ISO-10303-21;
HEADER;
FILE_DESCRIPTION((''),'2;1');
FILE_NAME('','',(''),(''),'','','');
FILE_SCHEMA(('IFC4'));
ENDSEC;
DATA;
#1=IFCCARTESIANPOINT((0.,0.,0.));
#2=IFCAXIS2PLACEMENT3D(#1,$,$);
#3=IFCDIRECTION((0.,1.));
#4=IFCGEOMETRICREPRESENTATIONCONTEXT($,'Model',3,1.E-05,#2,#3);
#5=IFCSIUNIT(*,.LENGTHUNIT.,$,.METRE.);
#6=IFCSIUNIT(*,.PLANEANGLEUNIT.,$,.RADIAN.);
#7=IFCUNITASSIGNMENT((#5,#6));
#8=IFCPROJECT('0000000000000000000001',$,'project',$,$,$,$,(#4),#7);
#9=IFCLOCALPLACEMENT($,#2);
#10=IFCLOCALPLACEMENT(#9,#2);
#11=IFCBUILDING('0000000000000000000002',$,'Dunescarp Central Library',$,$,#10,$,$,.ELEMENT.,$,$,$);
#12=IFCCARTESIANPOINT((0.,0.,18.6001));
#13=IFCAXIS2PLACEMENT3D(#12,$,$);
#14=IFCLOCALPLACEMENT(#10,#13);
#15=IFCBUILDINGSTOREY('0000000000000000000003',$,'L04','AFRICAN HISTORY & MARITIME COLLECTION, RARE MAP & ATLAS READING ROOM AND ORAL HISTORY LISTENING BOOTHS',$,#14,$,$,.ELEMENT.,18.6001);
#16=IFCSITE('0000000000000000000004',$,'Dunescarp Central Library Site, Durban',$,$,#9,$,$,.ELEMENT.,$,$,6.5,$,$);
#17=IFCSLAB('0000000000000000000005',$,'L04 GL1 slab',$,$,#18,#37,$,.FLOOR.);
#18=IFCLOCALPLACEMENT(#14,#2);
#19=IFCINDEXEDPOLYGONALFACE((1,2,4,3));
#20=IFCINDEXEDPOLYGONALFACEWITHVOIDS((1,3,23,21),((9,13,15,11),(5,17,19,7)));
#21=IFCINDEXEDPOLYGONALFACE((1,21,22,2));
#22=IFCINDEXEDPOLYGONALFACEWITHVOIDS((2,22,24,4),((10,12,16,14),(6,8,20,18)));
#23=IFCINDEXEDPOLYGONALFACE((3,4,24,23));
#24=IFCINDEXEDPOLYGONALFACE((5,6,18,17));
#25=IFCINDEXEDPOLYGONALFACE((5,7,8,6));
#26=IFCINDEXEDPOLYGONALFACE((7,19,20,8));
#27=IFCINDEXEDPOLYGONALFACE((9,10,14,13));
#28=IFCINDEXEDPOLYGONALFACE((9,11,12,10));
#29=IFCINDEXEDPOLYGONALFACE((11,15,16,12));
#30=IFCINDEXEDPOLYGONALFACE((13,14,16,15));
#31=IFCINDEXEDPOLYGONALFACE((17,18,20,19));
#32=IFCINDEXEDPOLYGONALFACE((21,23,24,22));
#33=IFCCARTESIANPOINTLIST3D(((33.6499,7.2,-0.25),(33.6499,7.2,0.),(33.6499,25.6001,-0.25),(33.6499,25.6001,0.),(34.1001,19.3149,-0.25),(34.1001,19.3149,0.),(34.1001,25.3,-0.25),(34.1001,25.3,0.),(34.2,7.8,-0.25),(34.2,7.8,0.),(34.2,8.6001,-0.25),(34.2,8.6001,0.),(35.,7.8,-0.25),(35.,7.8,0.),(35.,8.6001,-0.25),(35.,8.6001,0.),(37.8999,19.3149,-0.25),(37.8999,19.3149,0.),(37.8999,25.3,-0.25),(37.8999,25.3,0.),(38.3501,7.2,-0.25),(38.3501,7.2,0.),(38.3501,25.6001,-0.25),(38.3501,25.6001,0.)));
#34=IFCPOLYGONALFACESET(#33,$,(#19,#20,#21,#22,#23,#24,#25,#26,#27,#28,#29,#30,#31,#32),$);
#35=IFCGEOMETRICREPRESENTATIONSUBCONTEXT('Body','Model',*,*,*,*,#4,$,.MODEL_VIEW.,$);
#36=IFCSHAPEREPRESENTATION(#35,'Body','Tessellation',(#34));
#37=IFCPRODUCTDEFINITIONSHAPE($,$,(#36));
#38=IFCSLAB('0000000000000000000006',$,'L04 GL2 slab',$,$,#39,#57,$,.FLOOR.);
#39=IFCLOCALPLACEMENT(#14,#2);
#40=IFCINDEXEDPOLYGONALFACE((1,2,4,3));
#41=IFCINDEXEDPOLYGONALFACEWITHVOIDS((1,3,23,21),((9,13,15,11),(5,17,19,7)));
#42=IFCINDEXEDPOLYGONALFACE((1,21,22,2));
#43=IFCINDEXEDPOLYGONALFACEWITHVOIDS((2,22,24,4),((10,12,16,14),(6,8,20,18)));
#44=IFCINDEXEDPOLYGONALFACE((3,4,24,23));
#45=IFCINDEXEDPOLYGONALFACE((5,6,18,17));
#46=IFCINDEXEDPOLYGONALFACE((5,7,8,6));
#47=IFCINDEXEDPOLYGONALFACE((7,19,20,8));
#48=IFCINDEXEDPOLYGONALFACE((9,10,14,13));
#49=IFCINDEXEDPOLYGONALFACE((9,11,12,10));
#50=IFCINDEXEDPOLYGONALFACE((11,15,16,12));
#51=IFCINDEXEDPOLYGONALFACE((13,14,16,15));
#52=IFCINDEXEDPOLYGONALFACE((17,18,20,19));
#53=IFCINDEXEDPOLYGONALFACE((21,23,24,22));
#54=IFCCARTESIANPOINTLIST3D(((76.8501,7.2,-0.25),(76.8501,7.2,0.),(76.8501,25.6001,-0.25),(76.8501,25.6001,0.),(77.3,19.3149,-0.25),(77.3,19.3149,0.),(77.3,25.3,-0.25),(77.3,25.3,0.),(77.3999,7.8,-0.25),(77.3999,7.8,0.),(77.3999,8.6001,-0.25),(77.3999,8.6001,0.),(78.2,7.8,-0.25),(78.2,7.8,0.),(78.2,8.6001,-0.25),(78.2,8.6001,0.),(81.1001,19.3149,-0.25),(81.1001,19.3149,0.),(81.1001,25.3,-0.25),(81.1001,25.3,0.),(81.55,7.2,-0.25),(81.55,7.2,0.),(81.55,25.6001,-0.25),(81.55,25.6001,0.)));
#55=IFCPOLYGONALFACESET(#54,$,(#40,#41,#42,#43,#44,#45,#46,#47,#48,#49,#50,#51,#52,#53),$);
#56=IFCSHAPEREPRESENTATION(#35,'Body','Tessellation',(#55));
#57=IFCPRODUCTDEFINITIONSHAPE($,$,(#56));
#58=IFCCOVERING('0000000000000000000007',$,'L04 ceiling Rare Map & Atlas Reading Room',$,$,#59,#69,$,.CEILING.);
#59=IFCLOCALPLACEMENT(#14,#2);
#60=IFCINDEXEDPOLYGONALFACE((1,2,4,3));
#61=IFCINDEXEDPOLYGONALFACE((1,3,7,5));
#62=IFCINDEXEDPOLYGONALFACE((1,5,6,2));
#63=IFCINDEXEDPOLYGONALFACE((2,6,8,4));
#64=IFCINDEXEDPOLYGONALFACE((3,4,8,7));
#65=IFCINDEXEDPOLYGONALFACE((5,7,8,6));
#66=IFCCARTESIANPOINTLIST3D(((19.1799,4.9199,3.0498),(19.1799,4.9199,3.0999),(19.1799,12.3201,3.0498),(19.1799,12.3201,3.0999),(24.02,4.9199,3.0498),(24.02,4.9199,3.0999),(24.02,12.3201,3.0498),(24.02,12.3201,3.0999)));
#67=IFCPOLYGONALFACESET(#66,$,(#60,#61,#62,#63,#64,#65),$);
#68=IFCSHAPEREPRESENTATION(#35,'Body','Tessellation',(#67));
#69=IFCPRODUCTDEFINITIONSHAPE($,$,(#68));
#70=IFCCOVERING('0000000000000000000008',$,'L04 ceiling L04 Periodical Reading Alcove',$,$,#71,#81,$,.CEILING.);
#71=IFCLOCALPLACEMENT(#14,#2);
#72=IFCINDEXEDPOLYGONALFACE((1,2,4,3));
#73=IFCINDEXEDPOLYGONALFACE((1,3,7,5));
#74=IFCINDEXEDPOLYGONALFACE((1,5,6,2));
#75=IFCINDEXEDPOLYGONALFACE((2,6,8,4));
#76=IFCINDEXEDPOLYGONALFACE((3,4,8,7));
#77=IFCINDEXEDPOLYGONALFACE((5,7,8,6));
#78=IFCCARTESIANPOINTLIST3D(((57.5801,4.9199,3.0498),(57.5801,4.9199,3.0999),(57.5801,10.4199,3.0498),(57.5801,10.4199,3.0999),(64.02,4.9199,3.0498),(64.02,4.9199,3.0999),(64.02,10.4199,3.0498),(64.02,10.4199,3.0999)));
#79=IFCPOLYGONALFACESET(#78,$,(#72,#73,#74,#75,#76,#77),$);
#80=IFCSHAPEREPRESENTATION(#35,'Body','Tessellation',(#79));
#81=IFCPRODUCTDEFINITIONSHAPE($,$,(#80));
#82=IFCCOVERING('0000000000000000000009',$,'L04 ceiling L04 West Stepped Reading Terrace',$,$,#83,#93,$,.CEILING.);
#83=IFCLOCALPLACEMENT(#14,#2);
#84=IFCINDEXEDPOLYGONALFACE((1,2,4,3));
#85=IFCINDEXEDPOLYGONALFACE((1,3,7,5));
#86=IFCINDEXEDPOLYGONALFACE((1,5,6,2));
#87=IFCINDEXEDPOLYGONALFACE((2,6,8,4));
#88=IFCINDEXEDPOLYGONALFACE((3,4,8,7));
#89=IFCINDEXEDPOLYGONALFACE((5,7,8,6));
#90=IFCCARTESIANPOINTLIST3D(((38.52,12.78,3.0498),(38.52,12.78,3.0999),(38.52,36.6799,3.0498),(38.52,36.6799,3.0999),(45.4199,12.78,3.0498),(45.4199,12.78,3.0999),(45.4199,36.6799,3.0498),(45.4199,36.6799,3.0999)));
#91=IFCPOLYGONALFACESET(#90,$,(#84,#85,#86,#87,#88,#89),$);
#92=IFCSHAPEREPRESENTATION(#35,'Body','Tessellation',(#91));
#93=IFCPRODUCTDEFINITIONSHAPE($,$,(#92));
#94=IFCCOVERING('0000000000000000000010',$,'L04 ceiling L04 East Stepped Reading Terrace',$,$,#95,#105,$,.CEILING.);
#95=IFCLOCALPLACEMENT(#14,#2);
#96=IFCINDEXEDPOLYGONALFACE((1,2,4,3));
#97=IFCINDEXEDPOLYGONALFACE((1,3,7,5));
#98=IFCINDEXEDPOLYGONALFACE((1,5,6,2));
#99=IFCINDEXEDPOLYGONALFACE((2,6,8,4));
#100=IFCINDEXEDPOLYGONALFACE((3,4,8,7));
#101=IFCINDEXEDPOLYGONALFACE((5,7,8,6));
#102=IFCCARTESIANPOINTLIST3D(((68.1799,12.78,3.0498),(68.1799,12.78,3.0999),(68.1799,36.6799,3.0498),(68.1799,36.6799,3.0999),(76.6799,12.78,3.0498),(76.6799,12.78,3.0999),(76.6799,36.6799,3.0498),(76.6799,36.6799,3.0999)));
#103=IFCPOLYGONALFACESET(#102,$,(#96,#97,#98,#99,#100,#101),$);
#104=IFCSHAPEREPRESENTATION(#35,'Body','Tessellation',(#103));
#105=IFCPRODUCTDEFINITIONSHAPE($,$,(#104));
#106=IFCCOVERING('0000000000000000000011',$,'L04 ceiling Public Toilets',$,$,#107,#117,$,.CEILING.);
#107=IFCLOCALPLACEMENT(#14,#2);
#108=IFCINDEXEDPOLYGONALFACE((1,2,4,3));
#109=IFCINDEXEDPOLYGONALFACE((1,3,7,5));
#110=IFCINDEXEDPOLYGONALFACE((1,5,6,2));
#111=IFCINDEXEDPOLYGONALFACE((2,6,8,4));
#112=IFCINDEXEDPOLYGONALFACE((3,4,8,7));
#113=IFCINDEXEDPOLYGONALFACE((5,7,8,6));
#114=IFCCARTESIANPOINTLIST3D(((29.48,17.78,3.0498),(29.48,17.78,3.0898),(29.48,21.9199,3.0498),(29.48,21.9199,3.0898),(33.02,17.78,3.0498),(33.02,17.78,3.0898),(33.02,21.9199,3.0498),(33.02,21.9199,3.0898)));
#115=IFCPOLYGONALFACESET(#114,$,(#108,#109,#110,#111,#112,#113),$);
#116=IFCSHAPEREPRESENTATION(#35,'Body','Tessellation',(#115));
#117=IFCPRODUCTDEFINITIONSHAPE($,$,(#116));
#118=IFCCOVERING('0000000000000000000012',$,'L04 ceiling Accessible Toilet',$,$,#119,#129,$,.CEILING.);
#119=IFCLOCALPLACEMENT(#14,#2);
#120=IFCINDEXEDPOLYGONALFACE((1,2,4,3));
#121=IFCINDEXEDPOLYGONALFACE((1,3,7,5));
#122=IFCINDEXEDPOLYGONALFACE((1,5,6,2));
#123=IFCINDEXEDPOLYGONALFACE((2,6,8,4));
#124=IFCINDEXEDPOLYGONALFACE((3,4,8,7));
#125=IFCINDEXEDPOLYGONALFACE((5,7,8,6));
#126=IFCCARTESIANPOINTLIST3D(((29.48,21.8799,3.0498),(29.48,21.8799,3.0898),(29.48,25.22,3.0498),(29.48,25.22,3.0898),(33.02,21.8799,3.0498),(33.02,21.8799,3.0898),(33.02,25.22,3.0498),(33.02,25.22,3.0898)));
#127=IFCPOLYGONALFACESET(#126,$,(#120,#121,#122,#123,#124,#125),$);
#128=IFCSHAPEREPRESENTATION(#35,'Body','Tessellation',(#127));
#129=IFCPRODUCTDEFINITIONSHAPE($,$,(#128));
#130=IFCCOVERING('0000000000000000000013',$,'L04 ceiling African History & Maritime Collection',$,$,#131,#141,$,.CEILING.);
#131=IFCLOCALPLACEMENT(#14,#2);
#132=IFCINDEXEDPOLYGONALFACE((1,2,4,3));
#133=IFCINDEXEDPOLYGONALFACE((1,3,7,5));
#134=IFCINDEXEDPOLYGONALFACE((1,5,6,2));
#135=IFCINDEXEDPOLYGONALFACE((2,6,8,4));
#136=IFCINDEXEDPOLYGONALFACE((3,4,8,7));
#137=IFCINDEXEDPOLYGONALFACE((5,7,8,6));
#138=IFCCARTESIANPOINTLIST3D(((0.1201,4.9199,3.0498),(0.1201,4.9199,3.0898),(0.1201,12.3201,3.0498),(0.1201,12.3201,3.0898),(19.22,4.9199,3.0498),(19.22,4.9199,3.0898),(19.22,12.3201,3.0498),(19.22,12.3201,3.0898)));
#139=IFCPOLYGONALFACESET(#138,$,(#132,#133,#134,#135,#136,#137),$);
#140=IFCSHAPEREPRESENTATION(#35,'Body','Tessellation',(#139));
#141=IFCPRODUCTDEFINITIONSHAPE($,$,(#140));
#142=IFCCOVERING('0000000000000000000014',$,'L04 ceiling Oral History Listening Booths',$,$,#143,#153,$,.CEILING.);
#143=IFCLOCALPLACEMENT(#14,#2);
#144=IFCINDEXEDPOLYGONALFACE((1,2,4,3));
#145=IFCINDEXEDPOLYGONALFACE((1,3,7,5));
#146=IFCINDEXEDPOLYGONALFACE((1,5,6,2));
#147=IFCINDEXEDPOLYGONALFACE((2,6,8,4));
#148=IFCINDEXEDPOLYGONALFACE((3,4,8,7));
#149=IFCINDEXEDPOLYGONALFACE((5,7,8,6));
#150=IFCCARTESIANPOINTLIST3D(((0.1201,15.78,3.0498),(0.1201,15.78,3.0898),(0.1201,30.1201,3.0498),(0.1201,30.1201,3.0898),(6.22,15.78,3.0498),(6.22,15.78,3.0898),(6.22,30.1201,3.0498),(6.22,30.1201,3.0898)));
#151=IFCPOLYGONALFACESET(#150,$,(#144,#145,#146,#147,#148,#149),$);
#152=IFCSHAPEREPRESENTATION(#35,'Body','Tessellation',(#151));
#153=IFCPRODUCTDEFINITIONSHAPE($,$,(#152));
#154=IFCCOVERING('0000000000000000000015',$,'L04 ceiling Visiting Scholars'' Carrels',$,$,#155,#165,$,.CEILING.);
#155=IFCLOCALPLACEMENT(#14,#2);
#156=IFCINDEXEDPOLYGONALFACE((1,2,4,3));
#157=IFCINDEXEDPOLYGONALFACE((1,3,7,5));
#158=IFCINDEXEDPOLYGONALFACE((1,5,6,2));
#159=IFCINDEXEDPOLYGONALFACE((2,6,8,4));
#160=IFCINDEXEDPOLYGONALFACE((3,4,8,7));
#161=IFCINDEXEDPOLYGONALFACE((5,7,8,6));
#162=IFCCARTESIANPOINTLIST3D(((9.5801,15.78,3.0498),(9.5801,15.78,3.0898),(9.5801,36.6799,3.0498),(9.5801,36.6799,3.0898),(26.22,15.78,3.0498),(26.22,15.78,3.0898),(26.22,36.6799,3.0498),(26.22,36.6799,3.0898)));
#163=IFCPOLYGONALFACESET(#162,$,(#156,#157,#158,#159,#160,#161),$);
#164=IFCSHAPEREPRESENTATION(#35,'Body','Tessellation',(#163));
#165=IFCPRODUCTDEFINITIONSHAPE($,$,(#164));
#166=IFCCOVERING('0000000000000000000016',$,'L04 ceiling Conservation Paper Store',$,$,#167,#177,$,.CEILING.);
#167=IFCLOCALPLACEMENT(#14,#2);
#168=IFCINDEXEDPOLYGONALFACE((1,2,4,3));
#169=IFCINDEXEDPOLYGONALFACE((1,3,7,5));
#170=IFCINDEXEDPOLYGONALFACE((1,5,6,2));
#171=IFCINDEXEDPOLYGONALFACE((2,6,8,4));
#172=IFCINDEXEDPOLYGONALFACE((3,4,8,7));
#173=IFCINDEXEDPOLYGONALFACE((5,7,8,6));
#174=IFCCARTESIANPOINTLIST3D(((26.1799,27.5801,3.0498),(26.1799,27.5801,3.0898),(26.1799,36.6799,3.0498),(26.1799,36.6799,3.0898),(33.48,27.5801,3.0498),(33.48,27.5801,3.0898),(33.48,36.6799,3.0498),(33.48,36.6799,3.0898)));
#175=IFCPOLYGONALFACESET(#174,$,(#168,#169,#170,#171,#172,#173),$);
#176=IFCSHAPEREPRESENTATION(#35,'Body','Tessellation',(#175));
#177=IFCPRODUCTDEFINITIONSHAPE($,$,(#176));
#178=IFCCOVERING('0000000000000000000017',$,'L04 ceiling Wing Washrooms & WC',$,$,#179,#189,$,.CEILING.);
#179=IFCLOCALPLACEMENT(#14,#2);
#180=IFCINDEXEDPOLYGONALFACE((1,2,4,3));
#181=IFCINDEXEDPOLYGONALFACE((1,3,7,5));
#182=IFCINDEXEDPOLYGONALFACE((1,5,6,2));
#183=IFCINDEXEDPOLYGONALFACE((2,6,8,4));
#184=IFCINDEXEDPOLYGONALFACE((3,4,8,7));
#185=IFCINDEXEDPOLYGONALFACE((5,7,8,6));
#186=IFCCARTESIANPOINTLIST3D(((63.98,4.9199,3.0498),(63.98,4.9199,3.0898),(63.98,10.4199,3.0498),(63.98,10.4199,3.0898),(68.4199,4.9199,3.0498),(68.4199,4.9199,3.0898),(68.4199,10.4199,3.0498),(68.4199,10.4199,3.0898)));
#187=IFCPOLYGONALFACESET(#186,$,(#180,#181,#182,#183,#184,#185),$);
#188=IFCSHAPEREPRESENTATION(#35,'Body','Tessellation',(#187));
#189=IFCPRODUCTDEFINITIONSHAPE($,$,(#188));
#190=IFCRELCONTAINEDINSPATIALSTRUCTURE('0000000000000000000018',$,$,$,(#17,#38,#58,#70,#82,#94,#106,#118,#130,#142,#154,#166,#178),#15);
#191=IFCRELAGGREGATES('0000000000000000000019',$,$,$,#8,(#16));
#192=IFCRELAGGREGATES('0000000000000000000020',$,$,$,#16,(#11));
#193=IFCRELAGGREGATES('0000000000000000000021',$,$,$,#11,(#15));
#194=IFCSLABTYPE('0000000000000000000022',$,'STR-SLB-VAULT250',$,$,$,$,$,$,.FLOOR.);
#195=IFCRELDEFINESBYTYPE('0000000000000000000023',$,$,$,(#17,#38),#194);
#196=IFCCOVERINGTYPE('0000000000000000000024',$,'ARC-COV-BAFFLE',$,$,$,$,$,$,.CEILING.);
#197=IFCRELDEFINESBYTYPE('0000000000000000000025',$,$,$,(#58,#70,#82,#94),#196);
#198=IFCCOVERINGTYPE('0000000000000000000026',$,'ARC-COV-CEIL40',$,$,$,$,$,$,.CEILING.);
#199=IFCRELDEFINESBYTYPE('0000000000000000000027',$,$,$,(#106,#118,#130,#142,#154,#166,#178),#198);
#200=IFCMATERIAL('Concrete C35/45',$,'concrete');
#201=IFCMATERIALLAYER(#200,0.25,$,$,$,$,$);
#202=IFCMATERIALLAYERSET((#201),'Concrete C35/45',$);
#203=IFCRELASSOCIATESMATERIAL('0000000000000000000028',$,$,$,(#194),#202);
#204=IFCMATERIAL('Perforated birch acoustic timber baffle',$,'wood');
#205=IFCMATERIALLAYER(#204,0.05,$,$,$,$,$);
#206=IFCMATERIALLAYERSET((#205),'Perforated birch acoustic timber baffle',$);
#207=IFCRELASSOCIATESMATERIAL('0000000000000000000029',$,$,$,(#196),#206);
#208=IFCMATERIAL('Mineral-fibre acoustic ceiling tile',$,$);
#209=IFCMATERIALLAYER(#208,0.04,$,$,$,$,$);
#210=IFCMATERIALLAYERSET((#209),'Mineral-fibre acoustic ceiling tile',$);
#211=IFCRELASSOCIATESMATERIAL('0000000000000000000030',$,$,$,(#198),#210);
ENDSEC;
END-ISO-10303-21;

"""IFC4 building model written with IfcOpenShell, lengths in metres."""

from ifc_helpers import new_model, si_unit, direction, frame, origin, place, context, subcontext, project, spatial, polyline, outline, extrude, material, layer, layer_set, type_object, element, save


model = new_model("IFC4")

# Units and contexts
model_context = context("Model", 3, precision=1e-05, world=origin(), true_north=direction((0.0, 1.0)))
body_context = subcontext(model_context, "Body", "Model", "MODEL_VIEW")
ifc_project = project(units=[si_unit("LENGTHUNIT", "METRE"), si_unit("PLANEANGLEUNIT", "RADIAN")], contexts=[model_context])

# Site, building, storey
site_placement = place(None, origin())
site = spatial("IfcSite", under=ifc_project, at=site_placement, Name="Dunescarp Central Library Site, Durban", CompositionType="ELEMENT", RefElevation=6.5)
building_placement = place(site_placement, origin())
building = spatial("IfcBuilding", under=site, at=building_placement, Name="Dunescarp Central Library", CompositionType="ELEMENT")
storey_placement = place(building_placement, frame((0.0, 0.0, 18.6001)))
storey = spatial("IfcBuildingStorey", under=building, at=storey_placement, Name="L04", Description="AFRICAN HISTORY & MARITIME COLLECTION, RARE MAP & ATLAS READING ROOM AND ORAL HISTORY LISTENING BOOTHS", CompositionType="ELEMENT", Elevation=18.6001)

# Shared definitions
ifc_material_1 = material(Name="Concrete C35/45", Category="concrete")

# Slabs
ifc_layer_1 = layer(ifc_material_1, 0.25)
ifc_layer_set_1 = layer_set([ifc_layer_1], Name="Concrete C35/45")
slab_type_1 = type_object("IfcSlabType", Name="STR-SLB-VAULT250", PredefinedType="FLOOR", material=ifc_layer_set_1)
slab_1_placement = place(storey_placement, frame((0.0, 0.0, -0.25)))
element("IfcSlab", 1, at=slab_1_placement, inside=storey, type_object=slab_type_1, Name="L04 GL1 slab", PredefinedType="FLOOR", context=body_context, shape_type="SweptSolid", body=[
    extrude(outline(polyline([(33.6499, 7.2), (38.3501, 7.2), (38.3501, 25.6001), (33.6499, 25.6001), (33.6499, 7.2)]), holes=[polyline([(34.1001, 19.3149), (37.8999, 19.3149), (37.8999, 25.3), (34.1001, 25.3), (34.1001, 19.3149)]), polyline([(34.2, 7.8), (35.0, 7.8), (35.0, 8.6001), (34.2, 8.6001), (34.2, 7.8)])]), origin(), (0.0, 0.0, 1.0), 0.25),
])
slab_2_placement = place(storey_placement, frame((0.0, 0.0, -0.25)))
element("IfcSlab", 2, at=slab_2_placement, inside=storey, type_object=slab_type_1, Name="L04 GL2 slab", PredefinedType="FLOOR", context=body_context, shape_type="SweptSolid", body=[
    extrude(outline(polyline([(76.8501, 7.2), (81.55, 7.2), (81.55, 25.6001), (76.8501, 25.6001), (76.8501, 7.2)]), holes=[polyline([(77.3, 19.3149), (81.1001, 19.3149), (81.1001, 25.3), (77.3, 25.3), (77.3, 19.3149)]), polyline([(77.3999, 7.8), (78.2, 7.8), (78.2, 8.6001), (77.3999, 8.6001), (77.3999, 7.8)])]), origin(), (0.0, 0.0, 1.0), 0.25),
])

# Coverings
ifc_material_2 = material(Name="Perforated birch acoustic timber baffle", Category="wood")
ifc_layer_2 = layer(ifc_material_2, 0.05)
ifc_layer_set_2 = layer_set([ifc_layer_2], Name="Perforated birch acoustic timber baffle")
covering_type_1 = type_object("IfcCoveringType", Name="ARC-COV-BAFFLE", PredefinedType="CEILING", material=ifc_layer_set_2)
covering_1_placement = place(storey_placement, frame((0.0, 0.0, 3.0498)))
element("IfcCovering", 3, at=covering_1_placement, inside=storey, type_object=covering_type_1, Name="L04 ceiling Rare Map & Atlas Reading Room", PredefinedType="CEILING", context=body_context, shape_type="SweptSolid", body=[
    extrude(outline(polyline([(19.1799, 4.9199), (24.02, 4.9199), (24.02, 12.3201), (19.1799, 12.3201), (19.1799, 4.9199)])), origin(), (0.0, 0.0, 1.0), 0.05),
])
covering_2_placement = place(storey_placement, frame((0.0, 0.0, 3.0498)))
element("IfcCovering", 4, at=covering_2_placement, inside=storey, type_object=covering_type_1, Name="L04 ceiling L04 Periodical Reading Alcove", PredefinedType="CEILING", context=body_context, shape_type="SweptSolid", body=[
    extrude(outline(polyline([(57.5801, 4.9199), (64.02, 4.9199), (64.02, 10.4199), (57.5801, 10.4199), (57.5801, 4.9199)])), origin(), (0.0, 0.0, 1.0), 0.05),
])
covering_3_placement = place(storey_placement, frame((0.0, 0.0, 3.0498)))
element("IfcCovering", 5, at=covering_3_placement, inside=storey, type_object=covering_type_1, Name="L04 ceiling L04 West Stepped Reading Terrace", PredefinedType="CEILING", context=body_context, shape_type="SweptSolid", body=[
    extrude(outline(polyline([(38.52, 12.78), (45.4199, 12.78), (45.4199, 36.6799), (38.52, 36.6799), (38.52, 12.78)])), origin(), (0.0, 0.0, 1.0), 0.05),
])
covering_4_placement = place(storey_placement, frame((0.0, 0.0, 3.0498)))
element("IfcCovering", 6, at=covering_4_placement, inside=storey, type_object=covering_type_1, Name="L04 ceiling L04 East Stepped Reading Terrace", PredefinedType="CEILING", context=body_context, shape_type="SweptSolid", body=[
    extrude(outline(polyline([(68.1799, 12.78), (76.6799, 12.78), (76.6799, 36.6799), (68.1799, 36.6799), (68.1799, 12.78)])), origin(), (0.0, 0.0, 1.0), 0.05),
])
ifc_material_3 = material(Name="Mineral-fibre acoustic ceiling tile")
ifc_layer_3 = layer(ifc_material_3, 0.04)
ifc_layer_set_3 = layer_set([ifc_layer_3], Name="Mineral-fibre acoustic ceiling tile")
covering_type_2 = type_object("IfcCoveringType", Name="ARC-COV-CEIL40", PredefinedType="CEILING", material=ifc_layer_set_3)
covering_5_placement = place(storey_placement, frame((0.0, 0.0, 3.0498)))
element("IfcCovering", 7, at=covering_5_placement, inside=storey, type_object=covering_type_2, Name="L04 ceiling Public Toilets", PredefinedType="CEILING", context=body_context, shape_type="SweptSolid", body=[
    extrude(outline(polyline([(29.48, 17.78), (33.02, 17.78), (33.02, 21.9199), (29.48, 21.9199), (29.48, 17.78)])), origin(), (0.0, 0.0, 1.0), 0.04),
])
covering_6_placement = place(storey_placement, frame((0.0, 0.0, 3.0498)))
element("IfcCovering", 8, at=covering_6_placement, inside=storey, type_object=covering_type_2, Name="L04 ceiling Accessible Toilet", PredefinedType="CEILING", context=body_context, shape_type="SweptSolid", body=[
    extrude(outline(polyline([(29.48, 21.8799), (33.02, 21.8799), (33.02, 25.22), (29.48, 25.22), (29.48, 21.8799)])), origin(), (0.0, 0.0, 1.0), 0.04),
])
covering_7_placement = place(storey_placement, frame((0.0, 0.0, 3.0498)))
element("IfcCovering", 9, at=covering_7_placement, inside=storey, type_object=covering_type_2, Name="L04 ceiling African History & Maritime Collection", PredefinedType="CEILING", context=body_context, shape_type="SweptSolid", body=[
    extrude(outline(polyline([(0.1201, 4.9199), (19.22, 4.9199), (19.22, 12.3201), (0.1201, 12.3201), (0.1201, 4.9199)])), origin(), (0.0, 0.0, 1.0), 0.04),
])
covering_8_placement = place(storey_placement, frame((0.0, 0.0, 3.0498)))
element("IfcCovering", 10, at=covering_8_placement, inside=storey, type_object=covering_type_2, Name="L04 ceiling Oral History Listening Booths", PredefinedType="CEILING", context=body_context, shape_type="SweptSolid", body=[
    extrude(outline(polyline([(0.1201, 15.78), (6.22, 15.78), (6.22, 30.1201), (0.1201, 30.1201), (0.1201, 15.78)])), origin(), (0.0, 0.0, 1.0), 0.04),
])
covering_9_placement = place(storey_placement, frame((0.0, 0.0, 3.0498)))
element("IfcCovering", 11, at=covering_9_placement, inside=storey, type_object=covering_type_2, Name="L04 ceiling Visiting Scholars' Carrels", PredefinedType="CEILING", context=body_context, shape_type="SweptSolid", body=[
    extrude(outline(polyline([(9.5801, 15.78), (26.22, 15.78), (26.22, 36.6799), (9.5801, 36.6799), (9.5801, 15.78)])), origin(), (0.0, 0.0, 1.0), 0.04),
])
covering_10_placement = place(storey_placement, frame((0.0, 0.0, 3.0498)))
element("IfcCovering", 12, at=covering_10_placement, inside=storey, type_object=covering_type_2, Name="L04 ceiling Conservation Paper Store", PredefinedType="CEILING", context=body_context, shape_type="SweptSolid", body=[
    extrude(outline(polyline([(26.1799, 27.5801), (33.48, 27.5801), (33.48, 36.6799), (26.1799, 36.6799), (26.1799, 27.5801)])), origin(), (0.0, 0.0, 1.0), 0.04),
])
covering_11_placement = place(storey_placement, frame((0.0, 0.0, 3.0498)))
element("IfcCovering", 13, at=covering_11_placement, inside=storey, type_object=covering_type_2, Name="L04 ceiling Wing Washrooms & WC", PredefinedType="CEILING", context=body_context, shape_type="SweptSolid", body=[
    extrude(outline(polyline([(63.98, 4.9199), (68.4199, 4.9199), (68.4199, 10.4199), (63.98, 10.4199), (63.98, 4.9199)])), origin(), (0.0, 0.0, 1.0), 0.04),
])

save(model, "model.ifc")
